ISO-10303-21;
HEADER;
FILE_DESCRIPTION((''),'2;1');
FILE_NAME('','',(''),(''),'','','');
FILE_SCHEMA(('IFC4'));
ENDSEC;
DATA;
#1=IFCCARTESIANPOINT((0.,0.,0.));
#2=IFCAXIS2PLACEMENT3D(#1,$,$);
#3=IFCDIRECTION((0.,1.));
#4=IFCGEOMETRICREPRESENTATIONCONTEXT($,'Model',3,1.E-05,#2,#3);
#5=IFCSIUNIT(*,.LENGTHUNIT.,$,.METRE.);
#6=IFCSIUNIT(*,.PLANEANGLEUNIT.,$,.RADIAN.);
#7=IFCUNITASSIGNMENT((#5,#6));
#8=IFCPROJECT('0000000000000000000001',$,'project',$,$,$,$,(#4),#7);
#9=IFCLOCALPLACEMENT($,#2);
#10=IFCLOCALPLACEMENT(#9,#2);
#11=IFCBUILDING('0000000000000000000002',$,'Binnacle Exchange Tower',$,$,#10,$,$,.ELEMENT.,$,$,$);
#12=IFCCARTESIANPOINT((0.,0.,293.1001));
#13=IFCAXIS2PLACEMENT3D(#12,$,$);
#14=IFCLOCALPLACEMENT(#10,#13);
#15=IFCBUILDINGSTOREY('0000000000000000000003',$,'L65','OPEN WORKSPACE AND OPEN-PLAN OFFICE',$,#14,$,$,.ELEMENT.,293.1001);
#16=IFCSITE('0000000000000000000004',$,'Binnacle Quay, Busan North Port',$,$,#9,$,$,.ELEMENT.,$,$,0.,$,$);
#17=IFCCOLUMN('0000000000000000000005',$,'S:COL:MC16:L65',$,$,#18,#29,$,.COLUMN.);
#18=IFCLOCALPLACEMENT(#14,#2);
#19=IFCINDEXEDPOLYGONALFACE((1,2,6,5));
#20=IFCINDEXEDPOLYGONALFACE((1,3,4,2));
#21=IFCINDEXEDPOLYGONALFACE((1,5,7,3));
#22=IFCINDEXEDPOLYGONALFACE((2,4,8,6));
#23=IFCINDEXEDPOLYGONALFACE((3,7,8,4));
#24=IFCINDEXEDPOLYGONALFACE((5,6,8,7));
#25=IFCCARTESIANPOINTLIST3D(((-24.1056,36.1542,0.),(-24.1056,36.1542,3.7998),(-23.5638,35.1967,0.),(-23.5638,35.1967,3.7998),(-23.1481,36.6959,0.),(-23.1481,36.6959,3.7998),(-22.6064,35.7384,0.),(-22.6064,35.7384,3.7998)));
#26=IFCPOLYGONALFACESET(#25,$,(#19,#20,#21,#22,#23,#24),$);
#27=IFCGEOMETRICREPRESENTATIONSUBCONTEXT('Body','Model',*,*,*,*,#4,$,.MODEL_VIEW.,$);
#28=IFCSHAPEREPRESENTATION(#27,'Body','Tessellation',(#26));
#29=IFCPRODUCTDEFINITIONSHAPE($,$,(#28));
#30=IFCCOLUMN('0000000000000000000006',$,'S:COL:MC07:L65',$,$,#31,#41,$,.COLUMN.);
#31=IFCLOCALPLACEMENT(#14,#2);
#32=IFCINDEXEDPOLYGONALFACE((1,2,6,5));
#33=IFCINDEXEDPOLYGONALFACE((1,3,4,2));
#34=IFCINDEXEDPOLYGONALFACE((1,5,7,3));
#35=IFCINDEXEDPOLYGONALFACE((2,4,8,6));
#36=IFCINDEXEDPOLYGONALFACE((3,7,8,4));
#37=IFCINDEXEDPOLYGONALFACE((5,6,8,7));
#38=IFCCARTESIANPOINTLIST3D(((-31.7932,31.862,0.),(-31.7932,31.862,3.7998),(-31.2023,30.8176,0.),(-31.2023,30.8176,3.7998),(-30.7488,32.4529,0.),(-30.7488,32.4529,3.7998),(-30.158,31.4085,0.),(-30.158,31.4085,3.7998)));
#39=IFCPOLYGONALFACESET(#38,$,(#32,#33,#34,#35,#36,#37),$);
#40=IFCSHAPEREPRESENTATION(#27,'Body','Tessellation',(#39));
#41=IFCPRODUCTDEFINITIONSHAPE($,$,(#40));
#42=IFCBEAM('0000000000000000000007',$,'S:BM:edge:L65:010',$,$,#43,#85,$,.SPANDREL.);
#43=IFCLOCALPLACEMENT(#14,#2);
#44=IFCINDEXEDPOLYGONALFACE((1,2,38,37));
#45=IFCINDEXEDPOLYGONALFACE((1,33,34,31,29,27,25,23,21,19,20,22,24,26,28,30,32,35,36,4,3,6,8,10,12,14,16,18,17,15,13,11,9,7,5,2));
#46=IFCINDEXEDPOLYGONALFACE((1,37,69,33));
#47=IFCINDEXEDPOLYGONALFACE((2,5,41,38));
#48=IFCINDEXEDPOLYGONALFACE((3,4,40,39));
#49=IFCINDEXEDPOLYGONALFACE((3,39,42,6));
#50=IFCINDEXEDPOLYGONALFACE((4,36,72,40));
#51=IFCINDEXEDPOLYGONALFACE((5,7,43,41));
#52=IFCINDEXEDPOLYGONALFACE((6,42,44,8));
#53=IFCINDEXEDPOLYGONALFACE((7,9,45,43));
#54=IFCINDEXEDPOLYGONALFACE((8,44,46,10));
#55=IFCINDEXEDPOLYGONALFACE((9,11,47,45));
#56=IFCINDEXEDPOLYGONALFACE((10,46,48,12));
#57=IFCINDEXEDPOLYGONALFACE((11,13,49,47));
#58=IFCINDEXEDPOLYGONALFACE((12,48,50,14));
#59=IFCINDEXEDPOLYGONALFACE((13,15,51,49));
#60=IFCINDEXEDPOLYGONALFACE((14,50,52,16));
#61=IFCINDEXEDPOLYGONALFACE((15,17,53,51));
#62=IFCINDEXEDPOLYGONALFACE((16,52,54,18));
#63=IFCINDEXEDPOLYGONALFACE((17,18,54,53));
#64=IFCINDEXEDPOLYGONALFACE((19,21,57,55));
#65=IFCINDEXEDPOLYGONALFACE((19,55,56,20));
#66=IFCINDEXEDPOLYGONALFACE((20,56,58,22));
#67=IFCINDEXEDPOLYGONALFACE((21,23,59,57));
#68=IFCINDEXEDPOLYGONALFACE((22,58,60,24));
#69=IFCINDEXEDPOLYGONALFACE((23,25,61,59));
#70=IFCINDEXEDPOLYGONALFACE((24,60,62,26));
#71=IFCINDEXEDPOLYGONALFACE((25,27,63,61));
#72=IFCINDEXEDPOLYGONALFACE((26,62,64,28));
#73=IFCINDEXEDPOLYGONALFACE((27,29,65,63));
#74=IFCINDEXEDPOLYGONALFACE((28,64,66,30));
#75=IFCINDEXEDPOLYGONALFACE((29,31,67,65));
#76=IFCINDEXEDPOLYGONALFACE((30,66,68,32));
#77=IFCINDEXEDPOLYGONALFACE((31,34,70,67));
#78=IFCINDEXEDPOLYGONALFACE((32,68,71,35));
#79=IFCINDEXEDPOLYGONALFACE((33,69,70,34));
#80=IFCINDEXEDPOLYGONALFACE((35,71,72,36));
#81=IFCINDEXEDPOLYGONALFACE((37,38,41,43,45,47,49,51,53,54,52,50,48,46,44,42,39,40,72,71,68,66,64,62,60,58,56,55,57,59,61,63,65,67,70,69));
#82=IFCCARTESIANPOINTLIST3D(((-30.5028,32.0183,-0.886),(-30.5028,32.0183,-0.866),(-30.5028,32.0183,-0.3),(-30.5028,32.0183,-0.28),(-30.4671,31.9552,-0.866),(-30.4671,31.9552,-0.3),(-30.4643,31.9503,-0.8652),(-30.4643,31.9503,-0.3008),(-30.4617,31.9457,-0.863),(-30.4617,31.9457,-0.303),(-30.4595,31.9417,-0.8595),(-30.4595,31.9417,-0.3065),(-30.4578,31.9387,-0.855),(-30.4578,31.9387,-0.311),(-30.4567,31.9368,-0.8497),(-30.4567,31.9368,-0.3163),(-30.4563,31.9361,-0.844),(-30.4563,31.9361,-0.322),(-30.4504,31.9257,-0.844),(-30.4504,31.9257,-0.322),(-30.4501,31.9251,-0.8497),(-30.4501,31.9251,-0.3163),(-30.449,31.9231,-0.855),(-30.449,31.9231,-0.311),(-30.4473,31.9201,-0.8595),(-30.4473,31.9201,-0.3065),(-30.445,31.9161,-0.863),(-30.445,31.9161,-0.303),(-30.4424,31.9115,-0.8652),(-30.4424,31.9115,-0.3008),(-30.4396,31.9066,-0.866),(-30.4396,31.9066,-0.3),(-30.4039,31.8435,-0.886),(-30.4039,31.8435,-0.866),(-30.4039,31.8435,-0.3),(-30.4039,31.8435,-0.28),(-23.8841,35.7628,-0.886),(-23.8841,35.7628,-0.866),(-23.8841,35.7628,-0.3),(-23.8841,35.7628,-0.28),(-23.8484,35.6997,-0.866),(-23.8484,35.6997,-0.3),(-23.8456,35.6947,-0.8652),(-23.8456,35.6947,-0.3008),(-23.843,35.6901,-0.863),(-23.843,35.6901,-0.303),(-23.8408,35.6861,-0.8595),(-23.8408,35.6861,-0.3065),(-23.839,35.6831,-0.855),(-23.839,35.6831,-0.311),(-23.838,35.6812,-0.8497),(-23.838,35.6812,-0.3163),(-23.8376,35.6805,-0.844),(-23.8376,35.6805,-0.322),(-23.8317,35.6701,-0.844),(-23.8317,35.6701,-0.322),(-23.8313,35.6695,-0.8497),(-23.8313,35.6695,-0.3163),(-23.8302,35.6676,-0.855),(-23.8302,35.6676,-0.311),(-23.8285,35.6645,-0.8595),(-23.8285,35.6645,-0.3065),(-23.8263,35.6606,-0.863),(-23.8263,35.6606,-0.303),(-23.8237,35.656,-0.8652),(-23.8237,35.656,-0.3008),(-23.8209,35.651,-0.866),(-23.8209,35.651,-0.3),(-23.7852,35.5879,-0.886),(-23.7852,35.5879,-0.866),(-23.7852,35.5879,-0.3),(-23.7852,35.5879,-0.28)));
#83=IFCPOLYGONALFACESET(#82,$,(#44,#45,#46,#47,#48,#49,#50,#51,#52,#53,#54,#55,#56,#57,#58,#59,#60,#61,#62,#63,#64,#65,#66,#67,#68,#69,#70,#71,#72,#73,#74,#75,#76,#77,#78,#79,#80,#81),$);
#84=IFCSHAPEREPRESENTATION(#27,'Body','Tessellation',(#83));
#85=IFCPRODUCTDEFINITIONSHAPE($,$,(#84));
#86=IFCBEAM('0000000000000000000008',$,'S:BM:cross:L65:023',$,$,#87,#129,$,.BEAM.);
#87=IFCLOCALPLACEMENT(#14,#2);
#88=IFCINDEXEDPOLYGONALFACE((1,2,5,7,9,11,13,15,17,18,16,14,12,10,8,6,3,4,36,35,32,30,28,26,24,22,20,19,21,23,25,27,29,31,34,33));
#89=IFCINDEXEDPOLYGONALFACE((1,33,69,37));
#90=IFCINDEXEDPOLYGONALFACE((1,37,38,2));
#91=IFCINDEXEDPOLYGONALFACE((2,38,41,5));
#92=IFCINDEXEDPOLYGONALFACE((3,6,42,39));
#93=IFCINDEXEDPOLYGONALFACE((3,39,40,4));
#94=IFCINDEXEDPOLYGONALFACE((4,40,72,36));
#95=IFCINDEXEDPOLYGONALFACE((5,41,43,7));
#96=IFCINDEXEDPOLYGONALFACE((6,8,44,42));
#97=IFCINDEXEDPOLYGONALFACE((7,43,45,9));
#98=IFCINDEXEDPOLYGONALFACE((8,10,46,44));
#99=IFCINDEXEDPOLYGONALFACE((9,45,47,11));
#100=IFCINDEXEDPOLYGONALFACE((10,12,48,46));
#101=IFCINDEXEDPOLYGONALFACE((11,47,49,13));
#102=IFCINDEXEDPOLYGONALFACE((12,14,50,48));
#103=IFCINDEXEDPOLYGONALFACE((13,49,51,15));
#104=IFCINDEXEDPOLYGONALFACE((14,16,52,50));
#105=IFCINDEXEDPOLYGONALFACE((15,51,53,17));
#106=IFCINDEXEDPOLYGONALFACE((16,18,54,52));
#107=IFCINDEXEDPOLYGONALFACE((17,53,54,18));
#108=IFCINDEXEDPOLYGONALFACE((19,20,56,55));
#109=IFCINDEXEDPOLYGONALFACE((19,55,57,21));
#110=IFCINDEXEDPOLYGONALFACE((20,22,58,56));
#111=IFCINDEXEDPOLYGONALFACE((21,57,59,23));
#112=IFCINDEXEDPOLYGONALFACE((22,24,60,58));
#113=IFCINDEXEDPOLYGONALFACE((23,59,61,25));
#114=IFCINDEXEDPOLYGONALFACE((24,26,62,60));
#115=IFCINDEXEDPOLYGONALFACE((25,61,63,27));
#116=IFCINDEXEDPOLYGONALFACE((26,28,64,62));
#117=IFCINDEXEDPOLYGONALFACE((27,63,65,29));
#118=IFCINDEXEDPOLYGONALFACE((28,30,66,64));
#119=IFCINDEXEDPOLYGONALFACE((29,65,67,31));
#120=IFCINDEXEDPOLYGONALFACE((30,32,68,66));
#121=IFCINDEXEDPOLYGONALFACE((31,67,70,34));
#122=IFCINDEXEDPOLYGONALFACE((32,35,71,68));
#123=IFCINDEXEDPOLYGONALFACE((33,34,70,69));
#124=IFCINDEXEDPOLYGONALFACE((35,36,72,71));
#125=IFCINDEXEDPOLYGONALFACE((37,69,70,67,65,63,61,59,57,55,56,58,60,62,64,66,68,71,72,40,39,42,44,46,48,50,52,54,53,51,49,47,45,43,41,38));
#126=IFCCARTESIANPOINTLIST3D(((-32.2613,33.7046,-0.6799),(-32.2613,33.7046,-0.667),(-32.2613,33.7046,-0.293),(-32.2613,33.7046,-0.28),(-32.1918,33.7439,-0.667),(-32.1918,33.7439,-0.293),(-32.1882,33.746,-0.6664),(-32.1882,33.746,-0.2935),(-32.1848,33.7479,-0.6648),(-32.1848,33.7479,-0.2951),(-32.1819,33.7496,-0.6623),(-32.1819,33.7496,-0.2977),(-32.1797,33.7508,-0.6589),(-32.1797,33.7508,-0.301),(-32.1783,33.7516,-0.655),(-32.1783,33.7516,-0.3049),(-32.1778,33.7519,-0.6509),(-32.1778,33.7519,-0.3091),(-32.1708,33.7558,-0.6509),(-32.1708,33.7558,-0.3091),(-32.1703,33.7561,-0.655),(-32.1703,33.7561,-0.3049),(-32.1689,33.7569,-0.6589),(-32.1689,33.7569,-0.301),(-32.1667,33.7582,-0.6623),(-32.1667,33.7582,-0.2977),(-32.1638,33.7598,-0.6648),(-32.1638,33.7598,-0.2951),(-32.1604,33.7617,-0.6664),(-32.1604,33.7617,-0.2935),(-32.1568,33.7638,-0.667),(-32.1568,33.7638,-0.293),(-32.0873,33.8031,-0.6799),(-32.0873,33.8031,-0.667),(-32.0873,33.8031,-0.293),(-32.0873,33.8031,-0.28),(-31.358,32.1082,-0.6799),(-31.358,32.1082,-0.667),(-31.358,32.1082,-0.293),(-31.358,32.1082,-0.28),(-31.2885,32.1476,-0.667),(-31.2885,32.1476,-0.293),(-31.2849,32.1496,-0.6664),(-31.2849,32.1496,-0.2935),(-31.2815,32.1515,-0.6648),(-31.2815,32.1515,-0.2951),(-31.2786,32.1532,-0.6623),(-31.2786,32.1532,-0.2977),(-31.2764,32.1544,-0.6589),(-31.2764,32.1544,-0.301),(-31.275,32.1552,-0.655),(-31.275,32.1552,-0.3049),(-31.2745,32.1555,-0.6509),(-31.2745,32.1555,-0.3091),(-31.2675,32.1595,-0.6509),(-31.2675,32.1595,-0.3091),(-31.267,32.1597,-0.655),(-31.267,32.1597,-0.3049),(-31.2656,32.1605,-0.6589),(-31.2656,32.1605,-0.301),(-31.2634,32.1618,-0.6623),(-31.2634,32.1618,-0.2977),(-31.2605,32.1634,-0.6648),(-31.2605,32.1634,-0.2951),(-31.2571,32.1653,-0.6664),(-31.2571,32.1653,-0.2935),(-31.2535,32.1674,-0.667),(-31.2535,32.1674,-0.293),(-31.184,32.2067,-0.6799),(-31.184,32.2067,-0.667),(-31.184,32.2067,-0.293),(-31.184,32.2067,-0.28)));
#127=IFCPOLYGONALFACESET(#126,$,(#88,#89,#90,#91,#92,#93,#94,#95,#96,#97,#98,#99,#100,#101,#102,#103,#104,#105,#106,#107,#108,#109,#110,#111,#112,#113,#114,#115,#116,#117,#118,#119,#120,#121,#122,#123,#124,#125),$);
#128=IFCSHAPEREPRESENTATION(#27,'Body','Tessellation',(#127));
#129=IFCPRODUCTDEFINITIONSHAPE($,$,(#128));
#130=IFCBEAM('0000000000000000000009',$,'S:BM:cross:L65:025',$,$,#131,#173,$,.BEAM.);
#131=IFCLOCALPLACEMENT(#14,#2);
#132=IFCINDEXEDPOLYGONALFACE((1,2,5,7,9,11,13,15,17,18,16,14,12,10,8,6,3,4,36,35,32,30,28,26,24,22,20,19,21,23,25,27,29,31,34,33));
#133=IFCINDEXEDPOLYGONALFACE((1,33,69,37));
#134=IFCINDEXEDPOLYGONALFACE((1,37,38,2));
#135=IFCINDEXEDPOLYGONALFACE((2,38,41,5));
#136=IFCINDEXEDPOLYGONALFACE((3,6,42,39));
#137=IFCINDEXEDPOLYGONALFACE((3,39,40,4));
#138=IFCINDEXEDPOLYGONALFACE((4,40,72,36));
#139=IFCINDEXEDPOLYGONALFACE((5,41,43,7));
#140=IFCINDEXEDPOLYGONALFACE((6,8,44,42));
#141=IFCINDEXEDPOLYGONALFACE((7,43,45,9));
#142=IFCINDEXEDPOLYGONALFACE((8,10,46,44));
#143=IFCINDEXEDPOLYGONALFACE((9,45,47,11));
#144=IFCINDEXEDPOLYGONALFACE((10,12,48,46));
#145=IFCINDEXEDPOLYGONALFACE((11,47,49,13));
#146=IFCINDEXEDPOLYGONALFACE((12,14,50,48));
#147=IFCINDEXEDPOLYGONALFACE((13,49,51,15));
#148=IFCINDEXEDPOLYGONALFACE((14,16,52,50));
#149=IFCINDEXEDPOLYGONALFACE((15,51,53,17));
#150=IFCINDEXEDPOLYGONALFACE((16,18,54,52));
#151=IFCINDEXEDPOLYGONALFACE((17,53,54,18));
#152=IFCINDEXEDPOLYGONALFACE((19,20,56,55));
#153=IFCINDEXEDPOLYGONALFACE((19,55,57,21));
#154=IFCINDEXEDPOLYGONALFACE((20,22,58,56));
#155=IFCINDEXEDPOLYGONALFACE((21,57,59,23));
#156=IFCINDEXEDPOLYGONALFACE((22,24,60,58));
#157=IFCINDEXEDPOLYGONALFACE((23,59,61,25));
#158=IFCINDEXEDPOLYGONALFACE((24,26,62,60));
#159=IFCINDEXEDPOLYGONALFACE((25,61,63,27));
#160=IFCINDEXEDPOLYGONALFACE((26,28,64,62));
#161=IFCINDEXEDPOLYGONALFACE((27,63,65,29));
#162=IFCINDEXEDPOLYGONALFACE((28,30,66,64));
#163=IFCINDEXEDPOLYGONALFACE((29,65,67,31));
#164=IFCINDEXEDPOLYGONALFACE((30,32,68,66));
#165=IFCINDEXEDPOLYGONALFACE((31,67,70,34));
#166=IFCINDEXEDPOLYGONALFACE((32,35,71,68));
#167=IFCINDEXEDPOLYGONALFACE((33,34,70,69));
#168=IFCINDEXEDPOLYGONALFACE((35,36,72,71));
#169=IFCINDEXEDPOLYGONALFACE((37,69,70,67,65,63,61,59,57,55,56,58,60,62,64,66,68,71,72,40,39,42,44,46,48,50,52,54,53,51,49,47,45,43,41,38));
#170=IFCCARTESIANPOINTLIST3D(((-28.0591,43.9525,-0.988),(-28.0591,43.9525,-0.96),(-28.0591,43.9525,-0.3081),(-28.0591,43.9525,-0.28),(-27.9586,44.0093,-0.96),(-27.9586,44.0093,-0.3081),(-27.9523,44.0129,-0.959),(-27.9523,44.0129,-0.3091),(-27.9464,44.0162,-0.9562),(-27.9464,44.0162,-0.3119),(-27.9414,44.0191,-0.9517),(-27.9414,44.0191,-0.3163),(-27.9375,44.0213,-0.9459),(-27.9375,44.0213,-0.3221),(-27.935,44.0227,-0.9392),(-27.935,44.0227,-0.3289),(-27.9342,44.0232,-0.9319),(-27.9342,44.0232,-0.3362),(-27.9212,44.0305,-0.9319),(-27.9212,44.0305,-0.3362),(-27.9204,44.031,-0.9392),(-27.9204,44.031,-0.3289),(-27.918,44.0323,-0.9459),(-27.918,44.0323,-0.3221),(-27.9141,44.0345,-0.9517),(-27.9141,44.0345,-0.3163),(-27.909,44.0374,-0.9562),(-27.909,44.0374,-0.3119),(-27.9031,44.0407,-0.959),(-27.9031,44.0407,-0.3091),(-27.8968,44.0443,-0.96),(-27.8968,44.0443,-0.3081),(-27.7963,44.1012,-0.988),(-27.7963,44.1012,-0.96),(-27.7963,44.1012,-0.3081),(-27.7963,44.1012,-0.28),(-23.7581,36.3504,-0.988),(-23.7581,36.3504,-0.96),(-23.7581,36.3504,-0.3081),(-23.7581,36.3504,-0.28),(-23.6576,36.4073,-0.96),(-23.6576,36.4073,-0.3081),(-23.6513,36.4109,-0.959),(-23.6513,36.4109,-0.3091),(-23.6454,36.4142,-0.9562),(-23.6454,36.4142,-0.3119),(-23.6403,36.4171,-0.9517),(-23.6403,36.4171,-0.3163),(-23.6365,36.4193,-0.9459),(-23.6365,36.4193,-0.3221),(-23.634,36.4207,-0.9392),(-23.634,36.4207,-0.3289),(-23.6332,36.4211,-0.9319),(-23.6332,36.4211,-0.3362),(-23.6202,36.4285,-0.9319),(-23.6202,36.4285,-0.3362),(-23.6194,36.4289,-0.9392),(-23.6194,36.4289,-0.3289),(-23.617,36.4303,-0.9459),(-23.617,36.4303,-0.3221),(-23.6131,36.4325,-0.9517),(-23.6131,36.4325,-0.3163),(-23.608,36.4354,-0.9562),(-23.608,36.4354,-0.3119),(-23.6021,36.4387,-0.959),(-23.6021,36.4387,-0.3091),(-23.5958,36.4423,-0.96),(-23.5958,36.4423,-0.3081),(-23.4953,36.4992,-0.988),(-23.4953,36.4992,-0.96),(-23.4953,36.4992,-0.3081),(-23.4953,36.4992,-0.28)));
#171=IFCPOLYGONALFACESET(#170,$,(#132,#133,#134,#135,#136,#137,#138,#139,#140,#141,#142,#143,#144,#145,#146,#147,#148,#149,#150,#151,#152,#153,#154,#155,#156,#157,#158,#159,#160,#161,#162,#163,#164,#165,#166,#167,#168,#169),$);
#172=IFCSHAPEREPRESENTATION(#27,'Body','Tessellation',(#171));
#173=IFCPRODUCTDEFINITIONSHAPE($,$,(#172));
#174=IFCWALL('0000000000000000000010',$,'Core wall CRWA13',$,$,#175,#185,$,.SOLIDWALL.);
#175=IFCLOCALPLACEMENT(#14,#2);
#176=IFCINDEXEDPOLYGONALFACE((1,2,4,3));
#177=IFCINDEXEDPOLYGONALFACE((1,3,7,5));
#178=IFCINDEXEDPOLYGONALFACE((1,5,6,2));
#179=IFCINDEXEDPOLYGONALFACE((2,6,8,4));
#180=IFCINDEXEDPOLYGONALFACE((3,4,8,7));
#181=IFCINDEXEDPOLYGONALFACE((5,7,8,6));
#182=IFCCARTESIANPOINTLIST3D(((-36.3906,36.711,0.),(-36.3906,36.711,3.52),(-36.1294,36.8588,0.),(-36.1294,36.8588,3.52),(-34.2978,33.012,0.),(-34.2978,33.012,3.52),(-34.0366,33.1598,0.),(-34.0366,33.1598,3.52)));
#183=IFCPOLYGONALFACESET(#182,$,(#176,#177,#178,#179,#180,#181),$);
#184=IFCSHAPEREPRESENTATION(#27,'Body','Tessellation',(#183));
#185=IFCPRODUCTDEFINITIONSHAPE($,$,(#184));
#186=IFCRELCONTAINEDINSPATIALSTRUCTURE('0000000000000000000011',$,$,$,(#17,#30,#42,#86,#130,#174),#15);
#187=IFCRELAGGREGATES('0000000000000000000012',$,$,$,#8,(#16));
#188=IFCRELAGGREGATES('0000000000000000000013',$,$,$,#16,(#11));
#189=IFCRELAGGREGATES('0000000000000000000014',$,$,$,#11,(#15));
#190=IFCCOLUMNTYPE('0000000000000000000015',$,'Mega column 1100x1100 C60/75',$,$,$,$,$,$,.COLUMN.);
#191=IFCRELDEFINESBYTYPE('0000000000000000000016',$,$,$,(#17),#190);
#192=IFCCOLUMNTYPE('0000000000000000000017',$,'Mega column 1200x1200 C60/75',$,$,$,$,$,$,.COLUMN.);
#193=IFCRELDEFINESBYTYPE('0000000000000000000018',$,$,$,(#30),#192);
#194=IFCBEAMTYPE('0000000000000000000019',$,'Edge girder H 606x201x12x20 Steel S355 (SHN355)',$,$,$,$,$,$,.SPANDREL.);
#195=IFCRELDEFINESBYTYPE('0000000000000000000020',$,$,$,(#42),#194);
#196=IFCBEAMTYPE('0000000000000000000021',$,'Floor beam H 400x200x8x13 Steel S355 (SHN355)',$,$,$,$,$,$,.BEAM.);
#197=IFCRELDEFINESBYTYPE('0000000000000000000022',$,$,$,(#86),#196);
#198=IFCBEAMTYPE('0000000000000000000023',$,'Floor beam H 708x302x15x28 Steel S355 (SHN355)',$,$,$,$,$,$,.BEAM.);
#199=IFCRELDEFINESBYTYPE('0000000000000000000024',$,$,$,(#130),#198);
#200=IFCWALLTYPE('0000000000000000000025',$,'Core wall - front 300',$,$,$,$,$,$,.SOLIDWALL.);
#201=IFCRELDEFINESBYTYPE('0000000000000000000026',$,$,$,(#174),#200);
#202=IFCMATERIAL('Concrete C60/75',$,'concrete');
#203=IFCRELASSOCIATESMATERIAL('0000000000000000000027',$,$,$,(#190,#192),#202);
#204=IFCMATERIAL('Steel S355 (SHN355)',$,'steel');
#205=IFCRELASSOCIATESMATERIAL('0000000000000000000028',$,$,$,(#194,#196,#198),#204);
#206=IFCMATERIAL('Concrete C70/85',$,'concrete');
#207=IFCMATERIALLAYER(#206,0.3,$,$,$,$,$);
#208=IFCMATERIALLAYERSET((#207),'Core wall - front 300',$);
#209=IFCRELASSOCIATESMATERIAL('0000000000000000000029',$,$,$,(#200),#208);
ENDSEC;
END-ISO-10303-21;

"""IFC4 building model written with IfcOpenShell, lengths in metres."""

from ifc_helpers import new_model, si_unit, direction, frame, frame_2d, origin, origin_2d, place, context, subcontext, project, spatial, rectangle, i_section, extrude, material, layer, layer_set, material_profile, profile_set, type_object, element, save


model = new_model("IFC4")

# Units and contexts
model_context = context("Model", 3, precision=1e-05, world=origin(), true_north=direction((0.0, 1.0)))
body_context = subcontext(model_context, "Body", "Model", "MODEL_VIEW")
ifc_project = project(units=[si_unit("LENGTHUNIT", "METRE"), si_unit("PLANEANGLEUNIT", "RADIAN")], contexts=[model_context])

# Site, building, storey
site_placement = place(None, origin())
site = spatial("IfcSite", under=ifc_project, at=site_placement, Name="Binnacle Quay, Busan North Port", CompositionType="ELEMENT", RefElevation=0.0)
building_placement = place(site_placement, origin())
building = spatial("IfcBuilding", under=site, at=building_placement, Name="Binnacle Exchange Tower", CompositionType="ELEMENT")
storey_placement = place(building_placement, frame((0.0, 0.0, 293.1001)))
storey = spatial("IfcBuildingStorey", under=building, at=storey_placement, Name="L65", Description="OPEN WORKSPACE AND OPEN-PLAN OFFICE", CompositionType="ELEMENT", Elevation=293.1001)

# Columns
ifc_material_1 = material(Name="Concrete C60/75", Category="concrete")
ifc_material_profile_1 = material_profile(ifc_material_1, rectangle(XDim=1.1001, YDim=1.1001, at=origin_2d()), Name="Mega column 1100x1100 C60/75")
ifc_profile_set_1 = profile_set([ifc_material_profile_1], Name="Concrete C60/75")
column_type_1 = type_object("IfcColumnType", Name="Mega column 1100x1100 C60/75", PredefinedType="COLUMN", material=ifc_profile_set_1)
column_1_placement = place(storey_placement, frame((-23.356, 35.9463, 0.0), z_axis=(0.0, 0.0, 1.0), x_axis=(0.870356, 0.492424, 0.0)))
element("IfcColumn", 1, at=column_1_placement, inside=storey, type_object=column_type_1, Name="S:COL:MC16:L65", PredefinedType="COLUMN", context=body_context, shape_type="SweptSolid", body=[
    extrude(rectangle(XDim=1.1001, YDim=1.1001, at=origin_2d()), origin(), (0.0, 0.0, 1.0), 3.7998),
])
ifc_material_profile_2 = material_profile(ifc_material_1, rectangle(XDim=1.2, YDim=1.2, at=origin_2d()), Name="Mega column 1200x1200 C60/75")
ifc_profile_set_2 = profile_set([ifc_material_profile_2], Name="Concrete C60/75")
column_type_2 = type_object("IfcColumnType", Name="Mega column 1200x1200 C60/75", PredefinedType="COLUMN", material=ifc_profile_set_2)
column_2_placement = place(storey_placement, frame((-30.9756, 31.6353, 0.0), z_axis=(0.0, 0.0, 1.0), x_axis=(0.870356, 0.492424, 0.0)))
element("IfcColumn", 2, at=column_2_placement, inside=storey, type_object=column_type_2, Name="S:COL:MC07:L65", PredefinedType="COLUMN", context=body_context, shape_type="SweptSolid", body=[
    extrude(rectangle(XDim=1.2, YDim=1.2, at=origin_2d()), origin(), (0.0, 0.0, 1.0), 3.7998),
])

# Beams
ifc_material_2 = material(Name="Steel S355 (SHN355)", Category="steel")
ifc_material_profile_3 = material_profile(ifc_material_2, i_section(OverallWidth=0.2009, OverallDepth=0.606, WebThickness=0.012, FlangeThickness=0.02, FilletRadius=0.022, at=origin_2d()), Name="H 606x201x12x20")
ifc_profile_set_3 = profile_set([ifc_material_profile_3], Name="Steel S355 (SHN355)")
beam_type_1 = type_object("IfcBeamType", Name="Edge girder H 606x201x12x20 Steel S355 (SHN355)", PredefinedType="SPANDREL", material=ifc_profile_set_3)
beam_1_placement = place(storey_placement, frame((-30.4534, 31.9309, -0.583), z_axis=(0.870371, 0.492397, 0.0), x_axis=(-0.492397, 0.870371, 0.0)))
element("IfcBeam", 3, at=beam_1_placement, inside=storey, type_object=beam_type_1, Name="S:BM:edge:L65:010", PredefinedType="SPANDREL", context=body_context, shape_type="SweptSolid", body=[
    extrude(i_section(OverallWidth=0.2009, OverallDepth=0.606, WebThickness=0.012, FlangeThickness=0.02, FilletRadius=0.022, at=origin_2d()), origin(), (0.0, 0.0, 1.0), 7.6045),
])
ifc_material_profile_4 = material_profile(ifc_material_2, i_section(OverallWidth=0.2, OverallDepth=0.3999, WebThickness=0.0081, FlangeThickness=0.0129, FilletRadius=0.0161, at=origin_2d()), Name="H 400x200x8x13")
ifc_profile_set_4 = profile_set([ifc_material_profile_4], Name="Steel S355 (SHN355)")
beam_type_2 = type_object("IfcBeamType", Name="Floor beam H 400x200x8x13 Steel S355 (SHN355)", PredefinedType="BEAM", material=ifc_profile_set_4)
beam_2_placement = place(storey_placement, frame((-31.271, 32.1575, -0.48), z_axis=(-0.492465, 0.870332, 0.0), x_axis=(-0.870332, -0.492465, 0.0)))
element("IfcBeam", 4, at=beam_2_placement, inside=storey, type_object=beam_type_2, Name="S:BM:cross:L65:023", PredefinedType="BEAM", context=body_context, shape_type="SweptSolid", body=[
    extrude(i_section(OverallWidth=0.2, OverallDepth=0.3999, WebThickness=0.0081, FlangeThickness=0.0129, FilletRadius=0.0161, at=origin_2d()), origin(), (0.0, 0.0, 1.0), 1.8342),
])
ifc_material_profile_5 = material_profile(ifc_material_2, i_section(OverallWidth=0.302, OverallDepth=0.708, WebThickness=0.0149, FlangeThickness=0.0281, FilletRadius=0.0281, at=origin_2d()), Name="H 708x302x15x28")
ifc_profile_set_5 = profile_set([ifc_material_profile_5], Name="Steel S355 (SHN355)")
beam_type_3 = type_object("IfcBeamType", Name="Floor beam H 708x302x15x28 Steel S355 (SHN355)", PredefinedType="BEAM", material=ifc_profile_set_5)
beam_3_placement = place(storey_placement, frame((-23.6267, 36.4248, -0.634), z_axis=(-0.492423, 0.870356, 0.0), x_axis=(-0.870356, -0.492423, 0.0)))
element("IfcBeam", 5, at=beam_3_placement, inside=storey, type_object=beam_type_3, Name="S:BM:cross:L65:025", PredefinedType="BEAM", context=body_context, shape_type="SweptSolid", body=[
    extrude(i_section(OverallWidth=0.302, OverallDepth=0.708, WebThickness=0.0149, FlangeThickness=0.0281, FilletRadius=0.0281, at=origin_2d()), origin(), (0.0, 0.0, 1.0), 8.7344),
])

# Wall
ifc_material_3 = material(Name="Concrete C70/85", Category="concrete")
ifc_layer_1 = layer(ifc_material_3, 0.3)
ifc_layer_set_1 = layer_set([ifc_layer_1], Name="Core wall - front 300")
wall_type_1 = type_object("IfcWallType", Name="Core wall - front 300", PredefinedType="SOLIDWALL", material=ifc_layer_set_1)
wall_1_placement = place(storey_placement, frame((-36.26, 36.7849, 0.0), z_axis=(0.0, 0.0, 1.0), x_axis=(0.492423, -0.870356, 0.0)))
element("IfcWall", 6, at=wall_1_placement, inside=storey, type_object=wall_type_1, Name="Core wall CRWA13", PredefinedType="SOLIDWALL", context=body_context, shape_type="SweptSolid", body=[
    extrude(rectangle(XDim=4.25, YDim=0.3, at=frame_2d((2.125, 0.0))), origin(), (0.0, 0.0, 1.0), 3.52),
])

save(model, "model.ifc")
